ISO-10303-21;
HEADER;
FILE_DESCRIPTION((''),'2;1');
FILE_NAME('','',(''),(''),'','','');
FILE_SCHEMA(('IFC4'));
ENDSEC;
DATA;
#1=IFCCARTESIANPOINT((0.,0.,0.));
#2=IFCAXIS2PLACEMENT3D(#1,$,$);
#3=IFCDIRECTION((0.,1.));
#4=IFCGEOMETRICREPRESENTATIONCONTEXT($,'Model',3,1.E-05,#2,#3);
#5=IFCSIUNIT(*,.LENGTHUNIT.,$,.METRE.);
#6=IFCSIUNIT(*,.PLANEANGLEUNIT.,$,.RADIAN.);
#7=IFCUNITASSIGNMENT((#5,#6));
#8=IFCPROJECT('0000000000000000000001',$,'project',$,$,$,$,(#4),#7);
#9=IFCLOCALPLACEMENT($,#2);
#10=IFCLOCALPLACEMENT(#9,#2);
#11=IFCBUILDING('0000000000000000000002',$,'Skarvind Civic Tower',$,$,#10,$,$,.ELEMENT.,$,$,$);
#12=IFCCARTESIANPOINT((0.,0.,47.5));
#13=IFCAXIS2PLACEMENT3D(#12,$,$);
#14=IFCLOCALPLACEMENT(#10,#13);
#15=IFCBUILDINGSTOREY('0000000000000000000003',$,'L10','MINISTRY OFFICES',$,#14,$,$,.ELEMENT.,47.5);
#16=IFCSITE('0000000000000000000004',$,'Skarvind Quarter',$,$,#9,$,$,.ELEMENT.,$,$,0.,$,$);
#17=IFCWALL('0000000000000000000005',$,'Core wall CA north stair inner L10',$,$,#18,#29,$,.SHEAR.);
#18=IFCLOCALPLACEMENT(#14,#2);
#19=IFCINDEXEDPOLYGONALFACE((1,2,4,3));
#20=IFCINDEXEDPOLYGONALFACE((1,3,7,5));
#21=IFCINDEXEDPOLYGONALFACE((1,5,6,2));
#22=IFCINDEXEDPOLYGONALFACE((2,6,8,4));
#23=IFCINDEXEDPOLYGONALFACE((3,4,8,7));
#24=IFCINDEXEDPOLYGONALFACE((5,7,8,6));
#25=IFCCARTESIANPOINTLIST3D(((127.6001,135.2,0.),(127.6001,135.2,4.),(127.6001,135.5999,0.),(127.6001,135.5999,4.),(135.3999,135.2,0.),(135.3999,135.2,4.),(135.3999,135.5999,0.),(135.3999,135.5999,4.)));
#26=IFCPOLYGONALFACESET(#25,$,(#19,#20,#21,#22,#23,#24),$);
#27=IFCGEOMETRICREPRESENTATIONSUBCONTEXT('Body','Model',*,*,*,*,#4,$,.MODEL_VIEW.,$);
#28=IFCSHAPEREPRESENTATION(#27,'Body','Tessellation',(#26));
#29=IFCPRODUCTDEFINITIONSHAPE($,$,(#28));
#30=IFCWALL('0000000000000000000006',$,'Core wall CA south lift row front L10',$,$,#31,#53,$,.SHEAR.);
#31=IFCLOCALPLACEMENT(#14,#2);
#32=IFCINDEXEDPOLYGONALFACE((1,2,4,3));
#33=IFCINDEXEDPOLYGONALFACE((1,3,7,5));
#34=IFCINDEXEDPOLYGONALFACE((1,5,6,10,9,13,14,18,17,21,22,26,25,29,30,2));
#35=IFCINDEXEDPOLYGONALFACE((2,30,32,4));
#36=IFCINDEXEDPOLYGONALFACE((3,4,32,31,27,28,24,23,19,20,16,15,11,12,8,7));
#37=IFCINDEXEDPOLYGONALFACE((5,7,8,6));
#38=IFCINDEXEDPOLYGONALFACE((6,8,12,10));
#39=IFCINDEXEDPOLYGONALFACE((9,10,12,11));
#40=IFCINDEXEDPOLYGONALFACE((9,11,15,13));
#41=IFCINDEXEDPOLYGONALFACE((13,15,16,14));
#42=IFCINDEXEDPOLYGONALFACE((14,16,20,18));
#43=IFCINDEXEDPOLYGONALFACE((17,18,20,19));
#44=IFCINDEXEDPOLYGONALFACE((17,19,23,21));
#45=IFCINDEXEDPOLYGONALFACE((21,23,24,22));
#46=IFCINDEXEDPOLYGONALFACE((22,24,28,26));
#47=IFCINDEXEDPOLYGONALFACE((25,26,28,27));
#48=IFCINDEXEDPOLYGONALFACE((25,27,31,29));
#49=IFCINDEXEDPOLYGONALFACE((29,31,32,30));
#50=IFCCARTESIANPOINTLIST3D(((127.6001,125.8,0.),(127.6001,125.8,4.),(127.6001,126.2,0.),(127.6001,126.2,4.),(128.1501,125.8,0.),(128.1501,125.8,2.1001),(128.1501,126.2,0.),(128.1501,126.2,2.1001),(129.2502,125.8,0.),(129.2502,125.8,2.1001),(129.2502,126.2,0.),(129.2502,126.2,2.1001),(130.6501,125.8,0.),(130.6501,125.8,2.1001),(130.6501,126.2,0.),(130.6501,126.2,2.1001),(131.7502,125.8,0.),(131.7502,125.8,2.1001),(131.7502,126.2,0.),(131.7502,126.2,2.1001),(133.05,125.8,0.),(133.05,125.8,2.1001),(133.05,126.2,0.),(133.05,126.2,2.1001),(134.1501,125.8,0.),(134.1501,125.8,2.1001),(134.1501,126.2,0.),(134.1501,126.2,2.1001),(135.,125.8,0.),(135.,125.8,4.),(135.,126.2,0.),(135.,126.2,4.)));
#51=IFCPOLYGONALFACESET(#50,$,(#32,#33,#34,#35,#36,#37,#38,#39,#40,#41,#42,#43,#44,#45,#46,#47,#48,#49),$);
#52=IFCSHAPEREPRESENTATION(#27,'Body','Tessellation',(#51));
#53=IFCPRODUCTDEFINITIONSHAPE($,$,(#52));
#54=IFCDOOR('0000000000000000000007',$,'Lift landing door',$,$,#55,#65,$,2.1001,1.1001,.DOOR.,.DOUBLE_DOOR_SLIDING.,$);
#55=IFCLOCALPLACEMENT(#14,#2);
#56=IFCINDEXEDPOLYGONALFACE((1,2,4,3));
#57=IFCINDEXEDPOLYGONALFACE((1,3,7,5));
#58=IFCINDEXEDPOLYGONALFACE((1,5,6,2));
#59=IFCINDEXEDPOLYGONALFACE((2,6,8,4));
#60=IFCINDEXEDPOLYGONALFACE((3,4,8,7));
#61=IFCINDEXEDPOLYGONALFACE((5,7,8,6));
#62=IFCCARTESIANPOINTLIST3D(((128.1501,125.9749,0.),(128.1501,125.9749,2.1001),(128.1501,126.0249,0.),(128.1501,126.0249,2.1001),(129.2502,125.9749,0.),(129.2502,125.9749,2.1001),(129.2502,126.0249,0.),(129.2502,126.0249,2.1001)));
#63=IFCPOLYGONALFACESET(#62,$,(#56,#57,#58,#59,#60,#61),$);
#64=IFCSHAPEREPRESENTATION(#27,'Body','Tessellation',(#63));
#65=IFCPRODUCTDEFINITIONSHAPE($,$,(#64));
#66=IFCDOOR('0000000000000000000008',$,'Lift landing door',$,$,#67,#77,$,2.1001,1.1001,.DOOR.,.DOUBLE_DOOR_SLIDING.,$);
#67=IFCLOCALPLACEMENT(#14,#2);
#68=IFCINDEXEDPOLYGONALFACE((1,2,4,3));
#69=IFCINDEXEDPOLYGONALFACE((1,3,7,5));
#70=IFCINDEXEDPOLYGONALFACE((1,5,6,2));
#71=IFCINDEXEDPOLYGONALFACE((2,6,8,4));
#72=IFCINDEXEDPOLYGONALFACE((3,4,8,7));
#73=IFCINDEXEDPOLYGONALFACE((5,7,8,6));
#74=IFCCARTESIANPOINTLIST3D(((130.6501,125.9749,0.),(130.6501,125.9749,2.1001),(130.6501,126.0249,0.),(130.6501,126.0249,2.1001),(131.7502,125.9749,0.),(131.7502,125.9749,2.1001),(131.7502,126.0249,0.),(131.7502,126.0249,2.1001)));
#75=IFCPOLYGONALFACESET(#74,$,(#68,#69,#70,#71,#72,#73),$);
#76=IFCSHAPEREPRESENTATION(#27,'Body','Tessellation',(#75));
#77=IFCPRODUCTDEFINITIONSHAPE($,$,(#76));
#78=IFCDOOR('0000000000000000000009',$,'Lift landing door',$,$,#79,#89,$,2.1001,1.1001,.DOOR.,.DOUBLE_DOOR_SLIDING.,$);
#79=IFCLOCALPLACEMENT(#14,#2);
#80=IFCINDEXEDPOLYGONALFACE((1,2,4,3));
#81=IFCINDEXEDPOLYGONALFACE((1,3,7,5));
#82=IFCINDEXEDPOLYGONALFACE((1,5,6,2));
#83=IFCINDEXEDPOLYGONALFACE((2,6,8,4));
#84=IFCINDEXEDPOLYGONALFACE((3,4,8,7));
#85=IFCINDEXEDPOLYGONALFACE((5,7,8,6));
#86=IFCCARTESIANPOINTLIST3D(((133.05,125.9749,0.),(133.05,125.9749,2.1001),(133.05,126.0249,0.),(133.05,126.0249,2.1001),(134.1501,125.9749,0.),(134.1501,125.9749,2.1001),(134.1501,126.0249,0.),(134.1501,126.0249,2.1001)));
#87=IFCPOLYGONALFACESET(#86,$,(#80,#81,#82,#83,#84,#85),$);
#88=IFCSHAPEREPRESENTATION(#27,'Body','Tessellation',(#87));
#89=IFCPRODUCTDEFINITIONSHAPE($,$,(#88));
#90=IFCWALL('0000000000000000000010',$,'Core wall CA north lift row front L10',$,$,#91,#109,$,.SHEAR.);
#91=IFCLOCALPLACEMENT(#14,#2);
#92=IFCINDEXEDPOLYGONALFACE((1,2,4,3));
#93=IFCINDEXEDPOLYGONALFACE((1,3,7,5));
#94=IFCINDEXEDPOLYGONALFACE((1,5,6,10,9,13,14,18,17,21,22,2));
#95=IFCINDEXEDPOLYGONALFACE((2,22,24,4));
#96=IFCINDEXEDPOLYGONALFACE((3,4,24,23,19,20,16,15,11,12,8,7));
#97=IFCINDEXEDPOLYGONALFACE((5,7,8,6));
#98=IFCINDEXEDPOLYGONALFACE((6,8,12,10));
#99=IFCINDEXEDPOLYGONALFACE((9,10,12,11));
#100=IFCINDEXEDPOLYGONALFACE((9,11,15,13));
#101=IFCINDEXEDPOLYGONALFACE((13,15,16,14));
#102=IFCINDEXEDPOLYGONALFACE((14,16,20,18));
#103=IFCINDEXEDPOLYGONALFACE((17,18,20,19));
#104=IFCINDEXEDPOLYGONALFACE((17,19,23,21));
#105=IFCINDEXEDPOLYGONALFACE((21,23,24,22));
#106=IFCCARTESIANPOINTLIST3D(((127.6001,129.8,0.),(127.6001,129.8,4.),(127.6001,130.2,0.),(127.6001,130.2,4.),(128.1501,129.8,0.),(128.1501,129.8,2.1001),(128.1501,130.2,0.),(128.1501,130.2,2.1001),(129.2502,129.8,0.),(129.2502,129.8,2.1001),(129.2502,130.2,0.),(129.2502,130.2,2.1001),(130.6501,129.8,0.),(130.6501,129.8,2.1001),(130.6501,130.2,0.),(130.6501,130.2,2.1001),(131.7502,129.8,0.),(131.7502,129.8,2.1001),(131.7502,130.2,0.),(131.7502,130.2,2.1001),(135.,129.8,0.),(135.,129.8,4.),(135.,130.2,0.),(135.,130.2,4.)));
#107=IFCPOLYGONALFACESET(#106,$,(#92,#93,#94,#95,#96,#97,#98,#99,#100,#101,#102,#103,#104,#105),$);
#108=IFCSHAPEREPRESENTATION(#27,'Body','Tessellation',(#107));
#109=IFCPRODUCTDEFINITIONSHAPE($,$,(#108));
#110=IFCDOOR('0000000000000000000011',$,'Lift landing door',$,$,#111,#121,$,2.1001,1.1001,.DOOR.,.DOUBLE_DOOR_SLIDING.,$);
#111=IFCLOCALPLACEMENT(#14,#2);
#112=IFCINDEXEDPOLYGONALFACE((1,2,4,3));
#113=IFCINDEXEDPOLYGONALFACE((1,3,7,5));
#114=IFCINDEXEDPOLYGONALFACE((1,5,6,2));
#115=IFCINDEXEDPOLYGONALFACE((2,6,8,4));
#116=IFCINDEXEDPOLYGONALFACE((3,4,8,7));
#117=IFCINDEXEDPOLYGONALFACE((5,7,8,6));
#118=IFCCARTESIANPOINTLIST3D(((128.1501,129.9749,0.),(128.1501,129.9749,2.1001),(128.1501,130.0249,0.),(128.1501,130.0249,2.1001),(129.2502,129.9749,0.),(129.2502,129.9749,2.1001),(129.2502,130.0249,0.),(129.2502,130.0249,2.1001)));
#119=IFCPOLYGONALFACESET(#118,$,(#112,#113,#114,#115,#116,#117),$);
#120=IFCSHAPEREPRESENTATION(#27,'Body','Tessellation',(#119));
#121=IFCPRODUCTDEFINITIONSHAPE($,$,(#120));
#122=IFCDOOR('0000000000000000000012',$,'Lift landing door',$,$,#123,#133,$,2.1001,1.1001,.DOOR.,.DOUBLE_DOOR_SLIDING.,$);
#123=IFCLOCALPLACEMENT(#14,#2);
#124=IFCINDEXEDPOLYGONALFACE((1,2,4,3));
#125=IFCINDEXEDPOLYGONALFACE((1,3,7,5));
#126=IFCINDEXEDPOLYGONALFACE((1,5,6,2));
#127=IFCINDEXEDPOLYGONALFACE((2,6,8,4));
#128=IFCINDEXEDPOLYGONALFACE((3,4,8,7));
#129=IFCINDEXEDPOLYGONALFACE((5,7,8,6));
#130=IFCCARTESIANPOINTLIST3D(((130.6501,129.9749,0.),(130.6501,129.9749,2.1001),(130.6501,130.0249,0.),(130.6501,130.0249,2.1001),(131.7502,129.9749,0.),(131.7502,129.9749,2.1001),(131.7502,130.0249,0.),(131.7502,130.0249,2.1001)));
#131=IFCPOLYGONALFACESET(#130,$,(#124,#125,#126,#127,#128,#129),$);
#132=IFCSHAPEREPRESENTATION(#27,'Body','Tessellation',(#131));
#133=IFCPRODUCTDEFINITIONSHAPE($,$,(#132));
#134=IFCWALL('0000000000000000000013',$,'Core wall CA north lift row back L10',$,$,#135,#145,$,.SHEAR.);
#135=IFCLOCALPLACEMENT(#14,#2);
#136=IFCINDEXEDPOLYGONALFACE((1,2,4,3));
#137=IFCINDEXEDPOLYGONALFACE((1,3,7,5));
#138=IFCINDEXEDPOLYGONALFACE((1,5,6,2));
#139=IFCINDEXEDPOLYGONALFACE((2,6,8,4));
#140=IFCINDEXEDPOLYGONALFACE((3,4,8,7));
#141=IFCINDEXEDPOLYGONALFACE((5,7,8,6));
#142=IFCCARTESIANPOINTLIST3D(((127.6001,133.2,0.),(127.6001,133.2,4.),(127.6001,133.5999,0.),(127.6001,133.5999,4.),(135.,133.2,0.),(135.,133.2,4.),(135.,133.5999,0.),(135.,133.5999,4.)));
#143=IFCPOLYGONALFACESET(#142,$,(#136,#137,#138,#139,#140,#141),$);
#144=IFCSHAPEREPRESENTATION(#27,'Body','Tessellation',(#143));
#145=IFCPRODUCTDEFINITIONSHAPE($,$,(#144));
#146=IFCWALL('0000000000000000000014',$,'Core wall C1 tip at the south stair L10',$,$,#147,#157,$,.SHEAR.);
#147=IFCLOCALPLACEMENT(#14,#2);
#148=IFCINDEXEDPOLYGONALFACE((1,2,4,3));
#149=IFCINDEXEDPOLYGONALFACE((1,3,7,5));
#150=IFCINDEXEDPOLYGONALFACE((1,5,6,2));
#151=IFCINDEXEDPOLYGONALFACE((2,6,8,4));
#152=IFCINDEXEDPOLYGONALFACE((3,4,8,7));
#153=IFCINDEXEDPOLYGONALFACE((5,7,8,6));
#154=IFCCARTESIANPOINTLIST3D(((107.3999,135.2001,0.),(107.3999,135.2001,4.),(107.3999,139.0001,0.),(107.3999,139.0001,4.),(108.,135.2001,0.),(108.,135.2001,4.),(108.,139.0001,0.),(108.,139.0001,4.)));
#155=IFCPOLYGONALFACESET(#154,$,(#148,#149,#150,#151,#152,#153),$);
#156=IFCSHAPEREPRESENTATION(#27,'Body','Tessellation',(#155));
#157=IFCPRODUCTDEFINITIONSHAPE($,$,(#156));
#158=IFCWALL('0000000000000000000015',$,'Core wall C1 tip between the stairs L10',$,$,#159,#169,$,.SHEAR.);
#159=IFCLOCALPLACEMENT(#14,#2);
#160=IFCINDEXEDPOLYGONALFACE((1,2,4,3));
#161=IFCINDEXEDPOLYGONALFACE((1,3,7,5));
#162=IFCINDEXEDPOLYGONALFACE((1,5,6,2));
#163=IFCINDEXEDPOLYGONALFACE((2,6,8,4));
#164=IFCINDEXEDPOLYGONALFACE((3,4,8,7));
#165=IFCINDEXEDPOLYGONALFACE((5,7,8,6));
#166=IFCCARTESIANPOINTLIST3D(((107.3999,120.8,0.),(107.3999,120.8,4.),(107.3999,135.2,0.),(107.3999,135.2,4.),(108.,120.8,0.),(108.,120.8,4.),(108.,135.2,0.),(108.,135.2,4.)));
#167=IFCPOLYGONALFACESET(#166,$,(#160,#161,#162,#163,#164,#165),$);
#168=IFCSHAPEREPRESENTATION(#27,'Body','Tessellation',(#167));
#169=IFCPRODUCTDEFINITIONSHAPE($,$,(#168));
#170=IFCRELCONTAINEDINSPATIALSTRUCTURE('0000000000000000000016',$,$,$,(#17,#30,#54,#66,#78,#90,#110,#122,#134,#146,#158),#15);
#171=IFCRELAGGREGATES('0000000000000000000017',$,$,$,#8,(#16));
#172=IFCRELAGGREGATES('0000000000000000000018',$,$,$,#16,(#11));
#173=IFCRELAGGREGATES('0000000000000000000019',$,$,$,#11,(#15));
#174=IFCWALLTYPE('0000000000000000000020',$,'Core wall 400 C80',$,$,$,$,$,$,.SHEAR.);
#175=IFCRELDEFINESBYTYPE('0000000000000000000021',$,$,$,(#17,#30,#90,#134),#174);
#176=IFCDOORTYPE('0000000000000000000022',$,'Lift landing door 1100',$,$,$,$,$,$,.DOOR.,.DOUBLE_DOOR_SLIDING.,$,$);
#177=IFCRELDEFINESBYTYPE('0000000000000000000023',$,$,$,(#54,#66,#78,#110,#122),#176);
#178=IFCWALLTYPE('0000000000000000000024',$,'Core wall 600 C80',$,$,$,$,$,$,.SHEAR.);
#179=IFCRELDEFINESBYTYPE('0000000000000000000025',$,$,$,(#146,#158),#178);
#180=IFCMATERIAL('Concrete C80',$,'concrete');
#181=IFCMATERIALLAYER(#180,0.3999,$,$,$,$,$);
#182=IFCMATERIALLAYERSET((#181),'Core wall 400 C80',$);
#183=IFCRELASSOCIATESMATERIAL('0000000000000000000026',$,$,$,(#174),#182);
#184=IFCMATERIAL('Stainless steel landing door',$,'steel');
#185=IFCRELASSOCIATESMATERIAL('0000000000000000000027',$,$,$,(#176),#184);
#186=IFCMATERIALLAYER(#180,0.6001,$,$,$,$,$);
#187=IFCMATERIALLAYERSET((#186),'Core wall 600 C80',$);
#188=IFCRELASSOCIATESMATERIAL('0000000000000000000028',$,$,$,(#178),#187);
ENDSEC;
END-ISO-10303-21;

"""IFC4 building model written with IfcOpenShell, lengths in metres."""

from ifc_helpers import new_model, si_unit, direction, frame, frame_2d, origin, place, context, subcontext, project, spatial, rectangle, extrude, material, layer, layer_set, type_object, element, fill, save


model = new_model("IFC4")

# Units and contexts
model_context = context("Model", 3, precision=1e-05, world=origin(), true_north=direction((0.0, 1.0)))
body_context = subcontext(model_context, "Body", "Model", "MODEL_VIEW")
ifc_project = project(units=[si_unit("LENGTHUNIT", "METRE"), si_unit("PLANEANGLEUNIT", "RADIAN")], contexts=[model_context])

# Site, building, storey
site_placement = place(None, origin())
site = spatial("IfcSite", under=ifc_project, at=site_placement, Name="Skarvind Quarter", CompositionType="ELEMENT", RefElevation=0.0)
building_placement = place(site_placement, origin())
building = spatial("IfcBuilding", under=site, at=building_placement, Name="Skarvind Civic Tower", CompositionType="ELEMENT")
storey_placement = place(building_placement, frame((0.0, 0.0, 47.5)))
storey = spatial("IfcBuildingStorey", under=building, at=storey_placement, Name="L10", Description="MINISTRY OFFICES", CompositionType="ELEMENT", Elevation=47.5)

# Wall
ifc_material_1 = material(Name="Concrete C80", Category="concrete")
ifc_layer_1 = layer(ifc_material_1, 0.3999)
ifc_layer_set_1 = layer_set([ifc_layer_1], Name="Core wall 400 C80")
wall_type_1 = type_object("IfcWallType", Name="Core wall 400 C80", PredefinedType="SHEAR", material=ifc_layer_set_1)
wall_1_placement = place(storey_placement, frame((127.6001, 135.3999, 0.0), z_axis=(0.0, 0.0, 1.0), x_axis=(1.0, 0.0, 0.0)))
element("IfcWall", 1, at=wall_1_placement, inside=storey, type_object=wall_type_1, Name="Core wall CA north stair inner L10", PredefinedType="SHEAR", context=body_context, shape_type="SweptSolid", body=[
    extrude(rectangle(XDim=7.7998, YDim=0.3999, at=frame_2d((3.8999, 0.0))), origin(), (0.0, 0.0, 1.0), 4.0),
])

# Walls, openings, doors
wall_2_placement = place(storey_placement, frame((127.6001, 126.0, 0.0), z_axis=(0.0, 0.0, 1.0), x_axis=(1.0, 0.0, 0.0)))
wall_2 = element("IfcWall", 2, at=wall_2_placement, inside=storey, type_object=wall_type_1, Name="Core wall CA south lift row front L10", PredefinedType="SHEAR", context=body_context, shape_type="SweptSolid", body=[
    extrude(rectangle(XDim=7.3999, YDim=0.3999, at=frame_2d((3.7, 0.0))), origin(), (0.0, 0.0, 1.0), 4.0),
])
opening_1_placement = place(wall_2_placement, frame((0.55, 0.0, 0.0)))
opening_1 = element("IfcOpeningElement", 3, at=opening_1_placement, cuts=wall_2, PredefinedType="OPENING", context=body_context, shape_type="SweptSolid", body=[
    extrude(rectangle(XDim=1.1001, YDim=2.1001, at=frame_2d((0.55, 1.05))), frame((0.0, 0.21, 0.0), z_axis=(0.0, -1.0, 0.0), x_axis=(1.0, 0.0, 0.0)), (0.0, 0.0, 1.0), 0.4199),
])
opening_2_placement = place(wall_2_placement, frame((3.05, 0.0, 0.0)))
opening_2 = element("IfcOpeningElement", 4, at=opening_2_placement, cuts=wall_2, PredefinedType="OPENING", context=body_context, shape_type="SweptSolid", body=[
    extrude(rectangle(XDim=1.1001, YDim=2.1001, at=frame_2d((0.55, 1.05))), frame((0.0, 0.21, 0.0), z_axis=(0.0, -1.0, 0.0), x_axis=(1.0, 0.0, 0.0)), (0.0, 0.0, 1.0), 0.4199),
])
opening_3_placement = place(wall_2_placement, frame((5.45, 0.0, 0.0)))
opening_3 = element("IfcOpeningElement", 5, at=opening_3_placement, cuts=wall_2, PredefinedType="OPENING", context=body_context, shape_type="SweptSolid", body=[
    extrude(rectangle(XDim=1.1001, YDim=2.1001, at=frame_2d((0.55, 1.05))), frame((0.0, 0.21, 0.0), z_axis=(0.0, -1.0, 0.0), x_axis=(1.0, 0.0, 0.0)), (0.0, 0.0, 1.0), 0.4199),
])
ifc_material_2 = material(Name="Stainless steel landing door", Category="steel")
door_type = type_object("IfcDoorType", Name="Lift landing door 1100", OperationType="DOUBLE_DOOR_SLIDING", PredefinedType="DOOR", material=ifc_material_2)
door_1_placement = place(opening_1_placement, origin())
door_1 = element("IfcDoor", 6, at=door_1_placement, inside=storey, type_object=door_type, Name="Lift landing door", OperationType="DOUBLE_DOOR_SLIDING", OverallHeight=2.1001, OverallWidth=1.1001, PredefinedType="DOOR", context=body_context, shape_type="SweptSolid", body=[
    extrude(rectangle(XDim=1.1001, YDim=2.1001, at=frame_2d((0.55, 1.05))), frame((0.0, 0.0249, 0.0), z_axis=(0.0, -1.0, 0.0), x_axis=(1.0, 0.0, 0.0)), (0.0, 0.0, 1.0), 0.05),
])
fill(opening_1, door_1)
door_2_placement = place(opening_2_placement, origin())
door_2 = element("IfcDoor", 7, at=door_2_placement, inside=storey, type_object=door_type, Name="Lift landing door", OperationType="DOUBLE_DOOR_SLIDING", OverallHeight=2.1001, OverallWidth=1.1001, PredefinedType="DOOR", context=body_context, shape_type="SweptSolid", body=[
    extrude(rectangle(XDim=1.1001, YDim=2.1001, at=frame_2d((0.55, 1.05))), frame((0.0, 0.0249, 0.0), z_axis=(0.0, -1.0, 0.0), x_axis=(1.0, 0.0, 0.0)), (0.0, 0.0, 1.0), 0.05),
])
fill(opening_2, door_2)
door_3_placement = place(opening_3_placement, origin())
door_3 = element("IfcDoor", 8, at=door_3_placement, inside=storey, type_object=door_type, Name="Lift landing door", OperationType="DOUBLE_DOOR_SLIDING", OverallHeight=2.1001, OverallWidth=1.1001, PredefinedType="DOOR", context=body_context, shape_type="SweptSolid", body=[
    extrude(rectangle(XDim=1.1001, YDim=2.1001, at=frame_2d((0.55, 1.05))), frame((0.0, 0.0249, 0.0), z_axis=(0.0, -1.0, 0.0), x_axis=(1.0, 0.0, 0.0)), (0.0, 0.0, 1.0), 0.05),
])
fill(opening_3, door_3)
wall_3_placement = place(storey_placement, frame((127.6001, 130.0, 0.0), z_axis=(0.0, 0.0, 1.0), x_axis=(1.0, 0.0, 0.0)))
wall_3 = element("IfcWall", 9, at=wall_3_placement, inside=storey, type_object=wall_type_1, Name="Core wall CA north lift row front L10", PredefinedType="SHEAR", context=body_context, shape_type="SweptSolid", body=[
    extrude(rectangle(XDim=7.3999, YDim=0.3999, at=frame_2d((3.7, 0.0))), origin(), (0.0, 0.0, 1.0), 4.0),
])
opening_4_placement = place(wall_3_placement, frame((0.55, 0.0, 0.0)))
opening_4 = element("IfcOpeningElement", 10, at=opening_4_placement, cuts=wall_3, PredefinedType="OPENING", context=body_context, shape_type="SweptSolid", body=[
    extrude(rectangle(XDim=1.1001, YDim=2.1001, at=frame_2d((0.55, 1.05))), frame((0.0, 0.21, 0.0), z_axis=(0.0, -1.0, 0.0), x_axis=(1.0, 0.0, 0.0)), (0.0, 0.0, 1.0), 0.4199),
])
opening_5_placement = place(wall_3_placement, frame((3.05, 0.0, 0.0)))
opening_5 = element("IfcOpeningElement", 11, at=opening_5_placement, cuts=wall_3, PredefinedType="OPENING", context=body_context, shape_type="SweptSolid", body=[
    extrude(rectangle(XDim=1.1001, YDim=2.1001, at=frame_2d((0.55, 1.05))), frame((0.0, 0.21, 0.0), z_axis=(0.0, -1.0, 0.0), x_axis=(1.0, 0.0, 0.0)), (0.0, 0.0, 1.0), 0.4199),
])
door_4_placement = place(opening_4_placement, origin())
door_4 = element("IfcDoor", 12, at=door_4_placement, inside=storey, type_object=door_type, Name="Lift landing door", OperationType="DOUBLE_DOOR_SLIDING", OverallHeight=2.1001, OverallWidth=1.1001, PredefinedType="DOOR", context=body_context, shape_type="SweptSolid", body=[
    extrude(rectangle(XDim=1.1001, YDim=2.1001, at=frame_2d((0.55, 1.05))), frame((0.0, 0.0249, 0.0), z_axis=(0.0, -1.0, 0.0), x_axis=(1.0, 0.0, 0.0)), (0.0, 0.0, 1.0), 0.05),
])
fill(opening_4, door_4)
door_5_placement = place(opening_5_placement, origin())
door_5 = element("IfcDoor", 13, at=door_5_placement, inside=storey, type_object=door_type, Name="Lift landing door", OperationType="DOUBLE_DOOR_SLIDING", OverallHeight=2.1001, OverallWidth=1.1001, PredefinedType="DOOR", context=body_context, shape_type="SweptSolid", body=[
    extrude(rectangle(XDim=1.1001, YDim=2.1001, at=frame_2d((0.55, 1.05))), frame((0.0, 0.0249, 0.0), z_axis=(0.0, -1.0, 0.0), x_axis=(1.0, 0.0, 0.0)), (0.0, 0.0, 1.0), 0.05),
])
fill(opening_5, door_5)

# Walls
wall_4_placement = place(storey_placement, frame((127.6001, 133.3999, 0.0), z_axis=(0.0, 0.0, 1.0), x_axis=(1.0, 0.0, 0.0)))
element("IfcWall", 14, at=wall_4_placement, inside=storey, type_object=wall_type_1, Name="Core wall CA north lift row back L10", PredefinedType="SHEAR", context=body_context, shape_type="SweptSolid", body=[
    extrude(rectangle(XDim=7.3999, YDim=0.3999, at=frame_2d((3.7, 0.0))), origin(), (0.0, 0.0, 1.0), 4.0),
])
ifc_layer_2 = layer(ifc_material_1, 0.6001)
ifc_layer_set_2 = layer_set([ifc_layer_2], Name="Core wall 600 C80")
wall_type_2 = type_object("IfcWallType", Name="Core wall 600 C80", PredefinedType="SHEAR", material=ifc_layer_set_2)
wall_5_placement = place(storey_placement, frame((107.7, 139.0, 0.0), z_axis=(0.0, 0.0, 1.0), x_axis=(0.0, -1.0, 0.0)))
element("IfcWall", 15, at=wall_5_placement, inside=storey, type_object=wall_type_2, Name="Core wall C1 tip at the south stair L10", PredefinedType="SHEAR", context=body_context, shape_type="SweptSolid", body=[
    extrude(rectangle(XDim=3.8, YDim=0.6001, at=frame_2d((1.8999, 0.0))), origin(), (0.0, 0.0, 1.0), 4.0),
])
wall_6_placement = place(storey_placement, frame((107.7, 135.2, 0.0), z_axis=(0.0, 0.0, 1.0), x_axis=(0.0, -1.0, 0.0)))
element("IfcWall", 16, at=wall_6_placement, inside=storey, type_object=wall_type_2, Name="Core wall C1 tip between the stairs L10", PredefinedType="SHEAR", context=body_context, shape_type="SweptSolid", body=[
    extrude(rectangle(XDim=14.3999, YDim=0.6001, at=frame_2d((7.2, 0.0))), origin(), (0.0, 0.0, 1.0), 4.0),
])

save(model, "model.ifc")
